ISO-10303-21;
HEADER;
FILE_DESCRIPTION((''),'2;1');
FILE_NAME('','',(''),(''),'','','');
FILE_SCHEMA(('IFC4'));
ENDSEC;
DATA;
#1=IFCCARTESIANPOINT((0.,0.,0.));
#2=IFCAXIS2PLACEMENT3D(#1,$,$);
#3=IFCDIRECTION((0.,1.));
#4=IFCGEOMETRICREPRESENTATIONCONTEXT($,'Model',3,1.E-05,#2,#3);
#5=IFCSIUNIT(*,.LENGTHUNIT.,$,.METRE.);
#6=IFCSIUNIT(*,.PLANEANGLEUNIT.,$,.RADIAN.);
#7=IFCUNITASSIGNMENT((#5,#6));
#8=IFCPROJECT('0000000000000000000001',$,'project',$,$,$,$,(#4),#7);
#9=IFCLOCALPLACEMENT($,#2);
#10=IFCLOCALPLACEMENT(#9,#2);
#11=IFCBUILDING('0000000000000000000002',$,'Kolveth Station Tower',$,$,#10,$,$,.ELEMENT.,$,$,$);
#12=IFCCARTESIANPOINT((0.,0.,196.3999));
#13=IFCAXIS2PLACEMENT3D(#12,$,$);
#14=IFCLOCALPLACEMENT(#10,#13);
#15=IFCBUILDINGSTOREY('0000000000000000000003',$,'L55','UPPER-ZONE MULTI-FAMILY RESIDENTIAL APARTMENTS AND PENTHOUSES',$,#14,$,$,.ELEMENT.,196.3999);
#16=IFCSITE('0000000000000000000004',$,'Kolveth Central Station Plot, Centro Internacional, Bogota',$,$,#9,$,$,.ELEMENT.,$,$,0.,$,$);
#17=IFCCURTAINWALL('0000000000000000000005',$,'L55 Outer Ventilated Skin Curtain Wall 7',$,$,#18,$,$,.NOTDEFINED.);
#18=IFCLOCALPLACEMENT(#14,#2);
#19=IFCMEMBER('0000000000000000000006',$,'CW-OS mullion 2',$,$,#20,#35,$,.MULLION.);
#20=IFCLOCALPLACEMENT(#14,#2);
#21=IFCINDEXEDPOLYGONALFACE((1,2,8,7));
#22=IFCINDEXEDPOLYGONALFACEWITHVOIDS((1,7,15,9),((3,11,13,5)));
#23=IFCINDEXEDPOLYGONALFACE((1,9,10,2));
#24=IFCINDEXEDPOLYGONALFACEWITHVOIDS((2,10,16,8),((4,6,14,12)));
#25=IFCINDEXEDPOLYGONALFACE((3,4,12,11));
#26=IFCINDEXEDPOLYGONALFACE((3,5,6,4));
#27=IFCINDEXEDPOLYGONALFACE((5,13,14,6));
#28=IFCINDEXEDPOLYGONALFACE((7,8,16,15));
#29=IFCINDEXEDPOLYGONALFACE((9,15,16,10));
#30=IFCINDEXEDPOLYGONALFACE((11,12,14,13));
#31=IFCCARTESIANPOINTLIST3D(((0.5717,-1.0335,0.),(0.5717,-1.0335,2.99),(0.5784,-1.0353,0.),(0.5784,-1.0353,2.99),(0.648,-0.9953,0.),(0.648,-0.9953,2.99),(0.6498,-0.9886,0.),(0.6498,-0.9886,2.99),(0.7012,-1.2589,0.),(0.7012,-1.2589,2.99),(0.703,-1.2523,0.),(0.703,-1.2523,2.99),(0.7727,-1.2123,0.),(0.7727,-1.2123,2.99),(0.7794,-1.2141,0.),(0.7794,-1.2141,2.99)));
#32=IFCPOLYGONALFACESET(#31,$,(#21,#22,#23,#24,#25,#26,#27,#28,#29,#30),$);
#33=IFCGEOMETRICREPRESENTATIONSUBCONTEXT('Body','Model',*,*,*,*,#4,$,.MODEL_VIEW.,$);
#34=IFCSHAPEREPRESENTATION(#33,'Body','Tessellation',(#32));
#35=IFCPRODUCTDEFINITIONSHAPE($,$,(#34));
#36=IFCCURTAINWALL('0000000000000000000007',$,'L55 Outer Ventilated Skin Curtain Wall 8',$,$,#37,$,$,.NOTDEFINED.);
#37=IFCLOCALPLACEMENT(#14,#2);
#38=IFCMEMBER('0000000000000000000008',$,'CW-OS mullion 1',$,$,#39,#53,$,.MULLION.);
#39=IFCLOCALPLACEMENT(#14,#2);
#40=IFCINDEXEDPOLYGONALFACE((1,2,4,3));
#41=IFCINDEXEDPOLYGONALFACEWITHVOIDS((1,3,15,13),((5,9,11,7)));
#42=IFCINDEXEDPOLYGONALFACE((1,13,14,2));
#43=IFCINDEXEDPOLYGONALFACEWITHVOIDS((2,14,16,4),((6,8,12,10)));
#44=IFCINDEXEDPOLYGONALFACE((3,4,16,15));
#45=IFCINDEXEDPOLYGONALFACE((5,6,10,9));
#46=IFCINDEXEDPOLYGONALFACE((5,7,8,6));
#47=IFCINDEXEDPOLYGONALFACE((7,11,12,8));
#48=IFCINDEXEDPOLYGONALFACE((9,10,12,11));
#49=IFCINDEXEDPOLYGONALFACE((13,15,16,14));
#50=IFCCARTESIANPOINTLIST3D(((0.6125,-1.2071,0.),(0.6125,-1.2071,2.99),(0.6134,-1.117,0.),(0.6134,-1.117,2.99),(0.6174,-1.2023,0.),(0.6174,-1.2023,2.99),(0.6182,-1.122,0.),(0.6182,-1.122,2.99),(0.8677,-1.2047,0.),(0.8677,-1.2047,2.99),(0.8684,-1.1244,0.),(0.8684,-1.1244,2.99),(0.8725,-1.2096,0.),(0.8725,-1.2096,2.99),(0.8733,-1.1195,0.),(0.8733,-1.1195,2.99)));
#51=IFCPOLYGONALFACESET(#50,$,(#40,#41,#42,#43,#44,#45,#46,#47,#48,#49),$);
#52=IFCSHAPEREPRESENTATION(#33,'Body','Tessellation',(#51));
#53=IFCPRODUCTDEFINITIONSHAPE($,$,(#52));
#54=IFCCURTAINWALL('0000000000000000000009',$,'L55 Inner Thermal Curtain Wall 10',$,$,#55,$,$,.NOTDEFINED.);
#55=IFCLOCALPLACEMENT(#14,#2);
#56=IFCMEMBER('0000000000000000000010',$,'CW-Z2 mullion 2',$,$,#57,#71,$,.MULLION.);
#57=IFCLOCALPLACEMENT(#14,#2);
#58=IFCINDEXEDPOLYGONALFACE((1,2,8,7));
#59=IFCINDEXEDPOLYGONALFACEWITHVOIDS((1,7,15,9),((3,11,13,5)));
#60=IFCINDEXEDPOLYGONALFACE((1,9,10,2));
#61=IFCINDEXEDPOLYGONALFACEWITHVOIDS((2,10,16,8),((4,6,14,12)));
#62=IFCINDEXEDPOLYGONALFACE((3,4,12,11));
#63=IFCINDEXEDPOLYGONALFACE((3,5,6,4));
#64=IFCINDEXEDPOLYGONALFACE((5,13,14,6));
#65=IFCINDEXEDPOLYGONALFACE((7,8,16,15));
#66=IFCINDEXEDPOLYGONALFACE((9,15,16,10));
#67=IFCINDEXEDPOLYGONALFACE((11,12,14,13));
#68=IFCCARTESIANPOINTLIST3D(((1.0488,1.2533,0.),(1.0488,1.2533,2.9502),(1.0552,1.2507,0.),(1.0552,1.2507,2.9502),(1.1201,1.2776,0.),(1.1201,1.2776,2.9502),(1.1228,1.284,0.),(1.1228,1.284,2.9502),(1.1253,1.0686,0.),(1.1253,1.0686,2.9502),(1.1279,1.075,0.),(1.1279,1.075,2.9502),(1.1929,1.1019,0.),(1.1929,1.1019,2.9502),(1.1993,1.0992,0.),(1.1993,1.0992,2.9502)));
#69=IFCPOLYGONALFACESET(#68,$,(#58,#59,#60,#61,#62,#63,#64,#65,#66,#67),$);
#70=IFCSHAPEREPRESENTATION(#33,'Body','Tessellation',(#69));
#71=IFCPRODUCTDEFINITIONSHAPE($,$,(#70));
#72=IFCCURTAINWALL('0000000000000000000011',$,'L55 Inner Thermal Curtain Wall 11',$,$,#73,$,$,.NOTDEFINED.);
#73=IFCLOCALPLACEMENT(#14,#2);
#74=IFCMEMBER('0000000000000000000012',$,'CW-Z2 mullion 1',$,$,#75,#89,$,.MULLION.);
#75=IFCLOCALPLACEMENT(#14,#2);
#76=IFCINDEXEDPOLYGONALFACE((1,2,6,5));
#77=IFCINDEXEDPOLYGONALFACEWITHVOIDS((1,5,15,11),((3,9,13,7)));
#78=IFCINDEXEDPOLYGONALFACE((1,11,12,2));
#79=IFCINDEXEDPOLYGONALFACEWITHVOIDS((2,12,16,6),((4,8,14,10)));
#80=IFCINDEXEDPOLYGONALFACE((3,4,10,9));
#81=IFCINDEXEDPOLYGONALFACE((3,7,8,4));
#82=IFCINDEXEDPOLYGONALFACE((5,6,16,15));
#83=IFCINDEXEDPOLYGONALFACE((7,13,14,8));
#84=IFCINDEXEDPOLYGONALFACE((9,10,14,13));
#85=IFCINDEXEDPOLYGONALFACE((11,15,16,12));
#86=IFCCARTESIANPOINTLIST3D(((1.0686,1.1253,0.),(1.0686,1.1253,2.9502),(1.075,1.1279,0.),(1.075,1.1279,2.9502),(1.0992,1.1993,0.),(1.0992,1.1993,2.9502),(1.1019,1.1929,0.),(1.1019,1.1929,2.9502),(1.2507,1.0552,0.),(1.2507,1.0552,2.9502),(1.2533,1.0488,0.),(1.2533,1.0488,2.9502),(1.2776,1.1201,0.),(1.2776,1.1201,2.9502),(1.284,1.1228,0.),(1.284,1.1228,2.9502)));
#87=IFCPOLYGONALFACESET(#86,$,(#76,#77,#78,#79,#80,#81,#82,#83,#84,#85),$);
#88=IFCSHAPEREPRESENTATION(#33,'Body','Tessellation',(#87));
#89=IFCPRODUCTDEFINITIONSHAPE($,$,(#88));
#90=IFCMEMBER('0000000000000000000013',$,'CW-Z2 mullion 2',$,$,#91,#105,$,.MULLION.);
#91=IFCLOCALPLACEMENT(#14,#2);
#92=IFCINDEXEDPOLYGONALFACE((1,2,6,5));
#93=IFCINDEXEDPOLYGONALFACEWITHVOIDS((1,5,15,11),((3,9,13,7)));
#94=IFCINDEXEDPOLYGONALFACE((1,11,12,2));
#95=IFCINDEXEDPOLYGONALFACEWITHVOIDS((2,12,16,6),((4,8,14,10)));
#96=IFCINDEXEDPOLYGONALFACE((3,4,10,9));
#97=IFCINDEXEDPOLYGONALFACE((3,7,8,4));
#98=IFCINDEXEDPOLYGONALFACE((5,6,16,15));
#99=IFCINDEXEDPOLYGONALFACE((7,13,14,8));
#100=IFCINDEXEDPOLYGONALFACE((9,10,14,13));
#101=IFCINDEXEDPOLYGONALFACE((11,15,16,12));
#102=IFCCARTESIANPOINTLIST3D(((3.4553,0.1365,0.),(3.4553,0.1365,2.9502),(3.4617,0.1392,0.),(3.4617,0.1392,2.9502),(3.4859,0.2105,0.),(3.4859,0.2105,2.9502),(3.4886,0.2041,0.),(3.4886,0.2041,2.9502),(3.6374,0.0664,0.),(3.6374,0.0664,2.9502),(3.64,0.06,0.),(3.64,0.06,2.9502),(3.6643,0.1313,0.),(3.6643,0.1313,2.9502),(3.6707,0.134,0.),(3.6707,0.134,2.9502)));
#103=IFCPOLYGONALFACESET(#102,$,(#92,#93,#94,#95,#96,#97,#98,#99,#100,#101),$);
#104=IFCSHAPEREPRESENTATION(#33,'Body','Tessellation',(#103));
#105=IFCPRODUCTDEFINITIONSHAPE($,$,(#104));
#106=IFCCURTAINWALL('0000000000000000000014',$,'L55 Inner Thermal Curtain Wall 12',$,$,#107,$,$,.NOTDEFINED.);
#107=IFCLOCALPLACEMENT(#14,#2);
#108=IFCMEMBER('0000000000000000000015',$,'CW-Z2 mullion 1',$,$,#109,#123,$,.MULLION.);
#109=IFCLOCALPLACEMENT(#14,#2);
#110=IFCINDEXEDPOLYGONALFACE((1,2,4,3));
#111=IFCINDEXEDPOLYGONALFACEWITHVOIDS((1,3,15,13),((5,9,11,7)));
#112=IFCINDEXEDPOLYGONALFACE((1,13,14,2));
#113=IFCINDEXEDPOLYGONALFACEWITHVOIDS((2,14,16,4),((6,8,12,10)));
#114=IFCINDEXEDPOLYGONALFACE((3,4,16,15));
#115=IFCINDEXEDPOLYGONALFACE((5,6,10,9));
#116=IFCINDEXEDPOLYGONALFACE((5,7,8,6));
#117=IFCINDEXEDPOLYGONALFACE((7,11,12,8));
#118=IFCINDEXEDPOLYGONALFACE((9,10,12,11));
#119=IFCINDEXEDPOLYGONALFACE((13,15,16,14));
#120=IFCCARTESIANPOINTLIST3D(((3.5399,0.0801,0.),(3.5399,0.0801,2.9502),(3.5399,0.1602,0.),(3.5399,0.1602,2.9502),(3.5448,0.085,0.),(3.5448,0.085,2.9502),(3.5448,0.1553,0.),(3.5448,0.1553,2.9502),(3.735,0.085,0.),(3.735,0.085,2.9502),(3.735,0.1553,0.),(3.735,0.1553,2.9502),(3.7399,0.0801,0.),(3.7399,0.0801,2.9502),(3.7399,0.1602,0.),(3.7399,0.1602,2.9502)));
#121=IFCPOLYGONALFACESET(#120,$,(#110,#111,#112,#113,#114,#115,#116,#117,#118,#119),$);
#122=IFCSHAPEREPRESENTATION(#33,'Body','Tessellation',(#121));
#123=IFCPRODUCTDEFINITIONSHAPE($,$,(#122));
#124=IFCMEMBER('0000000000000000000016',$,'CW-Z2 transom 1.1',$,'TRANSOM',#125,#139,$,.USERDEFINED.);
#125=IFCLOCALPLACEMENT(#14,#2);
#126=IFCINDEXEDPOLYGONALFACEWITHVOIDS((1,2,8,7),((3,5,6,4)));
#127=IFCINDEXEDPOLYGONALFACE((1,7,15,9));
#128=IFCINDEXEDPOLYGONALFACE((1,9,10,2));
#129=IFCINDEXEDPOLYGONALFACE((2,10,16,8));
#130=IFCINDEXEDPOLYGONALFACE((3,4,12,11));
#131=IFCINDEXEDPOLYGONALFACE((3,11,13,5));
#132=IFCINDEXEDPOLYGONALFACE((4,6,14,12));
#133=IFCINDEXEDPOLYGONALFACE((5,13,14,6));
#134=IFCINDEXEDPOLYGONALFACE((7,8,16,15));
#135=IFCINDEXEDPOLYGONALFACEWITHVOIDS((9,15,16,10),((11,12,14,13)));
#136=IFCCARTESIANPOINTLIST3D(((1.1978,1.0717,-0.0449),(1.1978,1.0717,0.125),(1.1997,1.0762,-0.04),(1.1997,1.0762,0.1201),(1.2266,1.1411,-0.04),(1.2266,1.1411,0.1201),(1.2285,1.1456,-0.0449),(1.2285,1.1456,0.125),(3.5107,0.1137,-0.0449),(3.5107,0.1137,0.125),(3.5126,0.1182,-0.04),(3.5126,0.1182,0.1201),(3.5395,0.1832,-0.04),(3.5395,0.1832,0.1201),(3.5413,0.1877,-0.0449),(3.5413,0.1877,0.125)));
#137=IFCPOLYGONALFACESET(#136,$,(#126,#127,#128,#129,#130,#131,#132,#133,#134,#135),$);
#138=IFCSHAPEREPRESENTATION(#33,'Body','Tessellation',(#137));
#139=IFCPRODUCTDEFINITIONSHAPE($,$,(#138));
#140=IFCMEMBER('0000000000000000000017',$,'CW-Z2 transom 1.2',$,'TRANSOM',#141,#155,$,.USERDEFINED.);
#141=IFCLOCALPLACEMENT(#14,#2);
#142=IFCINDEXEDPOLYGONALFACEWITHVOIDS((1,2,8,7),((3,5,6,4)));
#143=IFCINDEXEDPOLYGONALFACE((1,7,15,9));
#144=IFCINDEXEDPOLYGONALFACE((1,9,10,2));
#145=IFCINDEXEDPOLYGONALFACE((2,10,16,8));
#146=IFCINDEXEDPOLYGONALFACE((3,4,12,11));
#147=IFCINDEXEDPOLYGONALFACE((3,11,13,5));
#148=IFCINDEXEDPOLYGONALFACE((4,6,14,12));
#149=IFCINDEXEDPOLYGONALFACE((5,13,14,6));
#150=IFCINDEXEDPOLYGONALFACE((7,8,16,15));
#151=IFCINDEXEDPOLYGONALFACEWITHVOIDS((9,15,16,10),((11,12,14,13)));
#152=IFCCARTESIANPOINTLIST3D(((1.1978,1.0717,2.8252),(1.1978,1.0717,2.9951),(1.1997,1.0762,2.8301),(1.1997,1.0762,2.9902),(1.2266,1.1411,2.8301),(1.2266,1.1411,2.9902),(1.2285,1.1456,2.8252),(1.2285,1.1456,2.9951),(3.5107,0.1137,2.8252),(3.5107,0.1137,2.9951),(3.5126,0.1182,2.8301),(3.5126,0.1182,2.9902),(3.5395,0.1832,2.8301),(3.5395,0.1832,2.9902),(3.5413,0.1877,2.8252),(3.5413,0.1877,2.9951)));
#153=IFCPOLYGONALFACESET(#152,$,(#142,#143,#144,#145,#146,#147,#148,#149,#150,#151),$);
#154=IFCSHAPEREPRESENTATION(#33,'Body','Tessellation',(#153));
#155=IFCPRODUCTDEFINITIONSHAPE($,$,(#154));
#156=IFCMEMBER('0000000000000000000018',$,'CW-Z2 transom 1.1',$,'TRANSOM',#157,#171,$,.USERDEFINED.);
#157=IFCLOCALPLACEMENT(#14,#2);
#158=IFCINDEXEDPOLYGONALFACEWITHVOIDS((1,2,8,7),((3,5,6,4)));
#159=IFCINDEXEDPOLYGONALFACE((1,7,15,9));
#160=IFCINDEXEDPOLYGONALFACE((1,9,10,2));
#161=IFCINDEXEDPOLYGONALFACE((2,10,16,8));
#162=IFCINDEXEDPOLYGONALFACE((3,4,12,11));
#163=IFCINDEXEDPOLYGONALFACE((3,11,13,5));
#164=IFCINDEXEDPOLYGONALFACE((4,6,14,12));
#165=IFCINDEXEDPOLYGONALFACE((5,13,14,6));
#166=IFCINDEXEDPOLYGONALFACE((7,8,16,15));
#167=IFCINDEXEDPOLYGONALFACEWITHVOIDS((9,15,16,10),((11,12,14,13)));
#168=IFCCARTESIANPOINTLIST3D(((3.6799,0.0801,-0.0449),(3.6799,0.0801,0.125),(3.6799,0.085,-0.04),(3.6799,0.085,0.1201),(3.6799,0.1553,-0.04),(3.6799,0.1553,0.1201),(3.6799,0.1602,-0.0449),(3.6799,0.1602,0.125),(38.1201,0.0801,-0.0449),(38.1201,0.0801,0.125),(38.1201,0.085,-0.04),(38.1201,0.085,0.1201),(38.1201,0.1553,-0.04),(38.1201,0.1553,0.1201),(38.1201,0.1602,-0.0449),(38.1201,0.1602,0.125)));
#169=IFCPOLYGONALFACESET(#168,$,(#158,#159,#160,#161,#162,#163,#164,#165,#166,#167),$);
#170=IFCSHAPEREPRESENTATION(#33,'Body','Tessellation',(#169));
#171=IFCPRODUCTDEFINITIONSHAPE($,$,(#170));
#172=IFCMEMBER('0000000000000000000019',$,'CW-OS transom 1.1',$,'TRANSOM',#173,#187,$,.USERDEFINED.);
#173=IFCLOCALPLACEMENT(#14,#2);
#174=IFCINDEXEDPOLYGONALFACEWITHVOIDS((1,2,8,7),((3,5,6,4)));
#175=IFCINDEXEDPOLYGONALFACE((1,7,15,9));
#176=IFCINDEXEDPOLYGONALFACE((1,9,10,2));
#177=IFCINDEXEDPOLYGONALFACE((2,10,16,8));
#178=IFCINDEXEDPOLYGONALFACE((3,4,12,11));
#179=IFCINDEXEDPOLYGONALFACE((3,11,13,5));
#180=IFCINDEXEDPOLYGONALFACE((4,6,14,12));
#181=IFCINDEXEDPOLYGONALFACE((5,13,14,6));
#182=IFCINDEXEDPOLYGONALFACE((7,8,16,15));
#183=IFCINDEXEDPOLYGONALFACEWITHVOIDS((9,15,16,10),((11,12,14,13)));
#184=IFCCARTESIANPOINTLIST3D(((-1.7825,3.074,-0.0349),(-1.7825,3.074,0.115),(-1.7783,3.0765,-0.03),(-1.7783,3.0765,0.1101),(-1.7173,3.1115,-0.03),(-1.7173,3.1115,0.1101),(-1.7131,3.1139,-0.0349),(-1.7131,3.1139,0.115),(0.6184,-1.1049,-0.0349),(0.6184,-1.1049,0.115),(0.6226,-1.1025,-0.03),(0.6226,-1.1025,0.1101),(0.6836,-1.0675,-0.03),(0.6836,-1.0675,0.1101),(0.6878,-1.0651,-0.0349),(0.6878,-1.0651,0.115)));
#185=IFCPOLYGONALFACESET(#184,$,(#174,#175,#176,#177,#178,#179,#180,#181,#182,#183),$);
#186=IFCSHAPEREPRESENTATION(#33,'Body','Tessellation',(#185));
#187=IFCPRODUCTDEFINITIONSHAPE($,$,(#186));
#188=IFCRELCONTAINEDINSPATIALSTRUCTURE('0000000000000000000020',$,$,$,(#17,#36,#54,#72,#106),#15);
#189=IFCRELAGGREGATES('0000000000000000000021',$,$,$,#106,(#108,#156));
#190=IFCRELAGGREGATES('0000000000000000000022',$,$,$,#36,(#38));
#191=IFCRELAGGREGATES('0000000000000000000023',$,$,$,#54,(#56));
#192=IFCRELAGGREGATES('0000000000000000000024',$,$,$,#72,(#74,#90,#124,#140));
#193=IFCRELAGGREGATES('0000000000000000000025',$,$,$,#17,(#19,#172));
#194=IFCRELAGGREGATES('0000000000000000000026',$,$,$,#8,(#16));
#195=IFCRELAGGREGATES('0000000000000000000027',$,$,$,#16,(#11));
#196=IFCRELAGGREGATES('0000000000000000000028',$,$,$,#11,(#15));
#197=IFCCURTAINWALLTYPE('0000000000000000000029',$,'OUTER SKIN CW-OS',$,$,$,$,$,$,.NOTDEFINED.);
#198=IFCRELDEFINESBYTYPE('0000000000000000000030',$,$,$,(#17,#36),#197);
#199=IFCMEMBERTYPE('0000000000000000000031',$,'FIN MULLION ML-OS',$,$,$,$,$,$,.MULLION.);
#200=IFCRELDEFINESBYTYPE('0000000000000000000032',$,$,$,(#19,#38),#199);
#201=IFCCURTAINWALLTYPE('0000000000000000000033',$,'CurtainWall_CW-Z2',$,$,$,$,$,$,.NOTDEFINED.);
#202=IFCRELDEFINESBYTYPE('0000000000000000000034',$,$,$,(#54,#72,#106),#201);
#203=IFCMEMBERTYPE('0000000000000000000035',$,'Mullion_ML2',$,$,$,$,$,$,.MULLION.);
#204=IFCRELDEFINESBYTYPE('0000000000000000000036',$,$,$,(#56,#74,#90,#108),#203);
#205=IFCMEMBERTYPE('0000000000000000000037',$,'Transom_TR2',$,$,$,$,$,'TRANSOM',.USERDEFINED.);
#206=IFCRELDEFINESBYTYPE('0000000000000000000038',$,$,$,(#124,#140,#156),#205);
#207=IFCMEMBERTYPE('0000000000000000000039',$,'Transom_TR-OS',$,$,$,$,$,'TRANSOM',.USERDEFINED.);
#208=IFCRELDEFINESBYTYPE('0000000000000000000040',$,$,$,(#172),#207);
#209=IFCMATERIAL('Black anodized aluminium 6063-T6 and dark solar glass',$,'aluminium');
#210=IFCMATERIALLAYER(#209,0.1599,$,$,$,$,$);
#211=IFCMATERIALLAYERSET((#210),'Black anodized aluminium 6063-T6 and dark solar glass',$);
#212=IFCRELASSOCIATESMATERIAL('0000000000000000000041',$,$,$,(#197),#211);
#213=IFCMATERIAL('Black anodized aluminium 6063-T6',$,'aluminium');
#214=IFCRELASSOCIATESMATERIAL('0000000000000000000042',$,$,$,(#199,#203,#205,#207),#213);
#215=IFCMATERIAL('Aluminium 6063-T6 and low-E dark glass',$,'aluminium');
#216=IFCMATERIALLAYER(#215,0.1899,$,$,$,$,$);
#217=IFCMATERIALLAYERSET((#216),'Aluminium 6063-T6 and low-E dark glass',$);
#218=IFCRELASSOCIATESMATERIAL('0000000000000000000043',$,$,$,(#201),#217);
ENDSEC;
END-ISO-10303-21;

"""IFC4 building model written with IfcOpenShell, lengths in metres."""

from ifc_helpers import new_model, si_unit, direction, frame, origin, origin_2d, place, context, subcontext, project, spatial, hollow_rectangle, extrude, source, transform, mapped, material, layer, layer_set, material_profile, profile_set, type_object, element, aggregate, save


model = new_model("IFC4")

# Units and contexts
model_context = context("Model", 3, precision=1e-05, world=origin(), true_north=direction((0.0, 1.0)))
body_context = subcontext(model_context, "Body", "Model", "MODEL_VIEW")
ifc_project = project(units=[si_unit("LENGTHUNIT", "METRE"), si_unit("PLANEANGLEUNIT", "RADIAN")], contexts=[model_context])

# Site, building, storey
site_placement = place(None, origin())
site = spatial("IfcSite", under=ifc_project, at=site_placement, Name="Kolveth Central Station Plot, Centro Internacional, Bogota", CompositionType="ELEMENT", RefElevation=0.0)
building_placement = place(site_placement, origin())
building = spatial("IfcBuilding", under=site, at=building_placement, Name="Kolveth Station Tower", CompositionType="ELEMENT")
storey_placement = place(building_placement, frame((0.0, 0.0, 196.3999)))
storey = spatial("IfcBuildingStorey", under=building, at=storey_placement, Name="L55", Description="UPPER-ZONE MULTI-FAMILY RESIDENTIAL APARTMENTS AND PENTHOUSES", CompositionType="ELEMENT", Elevation=196.3999)

# Curtain walls, members
ifc_material_1 = material(Name="Black anodized aluminium 6063-T6 and dark solar glass", Category="aluminium")
ifc_layer_1 = layer(ifc_material_1, 0.1599)
ifc_layer_set_1 = layer_set([ifc_layer_1], Name="Black anodized aluminium 6063-T6 and dark solar glass")
curtain_wall_type_1 = type_object("IfcCurtainWallType", Name="OUTER SKIN CW-OS", PredefinedType="NOTDEFINED", material=ifc_layer_set_1)
curtain_wall_1_placement = place(storey_placement, origin())
curtain_wall_1 = element("IfcCurtainWall", 1, at=curtain_wall_1_placement, inside=storey, type_object=curtain_wall_type_1, Name="L55 Outer Ventilated Skin Curtain Wall 7", PredefinedType="NOTDEFINED")
ifc_material_2 = material(Name="Black anodized aluminium 6063-T6", Category="aluminium")
ifc_material_profile_1 = material_profile(ifc_material_2, hollow_rectangle(XDim=0.0901, YDim=0.26, WallThickness=0.0049, at=origin_2d()), Name="ALU-90x260x5")
ifc_profile_set_1 = profile_set([ifc_material_profile_1], Name="Black anodized aluminium 6063-T6")
member_type_1 = type_object("IfcMemberType", Name="FIN MULLION ML-OS", PredefinedType="MULLION", material=ifc_profile_set_1)
shared_shape_1 = source(origin(), body_context, "Body", "SweptSolid", [
    extrude(hollow_rectangle(XDim=0.0901, YDim=0.26, WallThickness=0.0049, at=origin_2d()), origin(), (0.0, 0.0, 1.0), 2.99),
])
member_1_placement = place(storey_placement, frame((0.6755, -1.1238, 0.0), z_axis=(0.0, 0.0, 1.0), x_axis=(0.867085, 0.49816, 0.0)))
member_1 = element("IfcMember", 2, at=member_1_placement, type_object=member_type_1, Name="CW-OS mullion 2", PredefinedType="MULLION", context=body_context, shape_type="MappedRepresentation", body=[
    mapped(shared_shape_1, transform((0.0, 0.0, 0.0), x_axis=(1.0, 0.0, 0.0), y_axis=(0.0, 1.0, 0.0), z_axis=(0.0, 0.0, 1.0), scale=1.0)),
])
curtain_wall_2_placement = place(storey_placement, origin())
curtain_wall_2 = element("IfcCurtainWall", 3, at=curtain_wall_2_placement, inside=storey, type_object=curtain_wall_type_1, Name="L55 Outer Ventilated Skin Curtain Wall 8", PredefinedType="NOTDEFINED")
member_2_placement = place(storey_placement, frame((0.7429, -1.1633, 0.0), z_axis=(0.0, 0.0, 1.0), x_axis=(0.009569, 0.999954, 0.0)))
member_2 = element("IfcMember", 4, at=member_2_placement, type_object=member_type_1, Name="CW-OS mullion 1", PredefinedType="MULLION", context=body_context, shape_type="MappedRepresentation", body=[
    mapped(shared_shape_1, transform((0.0, 0.0, 0.0), x_axis=(1.0, 0.0, 0.0), y_axis=(0.0, 1.0, 0.0), z_axis=(0.0, 0.0, 1.0), scale=1.0)),
])
ifc_material_3 = material(Name="Aluminium 6063-T6 and low-E dark glass", Category="aluminium")
ifc_layer_2 = layer(ifc_material_3, 0.1899)
ifc_layer_set_2 = layer_set([ifc_layer_2], Name="Aluminium 6063-T6 and low-E dark glass")
curtain_wall_type_2 = type_object("IfcCurtainWallType", Name="CurtainWall_CW-Z2", PredefinedType="NOTDEFINED", material=ifc_layer_set_2)
curtain_wall_3_placement = place(storey_placement, origin())
curtain_wall_3 = element("IfcCurtainWall", 5, at=curtain_wall_3_placement, inside=storey, type_object=curtain_wall_type_2, Name="L55 Inner Thermal Curtain Wall 10", PredefinedType="NOTDEFINED")
ifc_material_profile_2 = material_profile(ifc_material_2, hollow_rectangle(XDim=0.0801, YDim=0.2, WallThickness=0.0049, at=origin_2d()), Name="ALU-80x200x5")
ifc_profile_set_2 = profile_set([ifc_material_profile_2], Name="Black anodized aluminium 6063-T6")
member_type_2 = type_object("IfcMemberType", Name="Mullion_ML2", PredefinedType="MULLION", material=ifc_profile_set_2)
shared_shape_2 = source(origin(), body_context, "Body", "SweptSolid", [
    extrude(hollow_rectangle(XDim=0.0801, YDim=0.2, WallThickness=0.0049, at=origin_2d()), origin(), (0.0, 0.0, 1.0), 2.9502),
])
member_3_placement = place(storey_placement, frame((1.124, 1.1763, 0.0), z_axis=(0.0, 0.0, 1.0), x_axis=(0.923874, 0.382698, 0.0)))
member_3 = element("IfcMember", 6, at=member_3_placement, type_object=member_type_2, Name="CW-Z2 mullion 2", PredefinedType="MULLION", context=body_context, shape_type="MappedRepresentation", body=[
    mapped(shared_shape_2, transform((0.0, 0.0, 0.0), x_axis=(1.0, 0.0, 0.0), y_axis=(0.0, 1.0, 0.0), z_axis=(0.0, 0.0, 1.0), scale=1.0)),
])

# Curtain wall, members
curtain_wall_4_placement = place(storey_placement, origin())
curtain_wall_4 = element("IfcCurtainWall", 7, at=curtain_wall_4_placement, inside=storey, type_object=curtain_wall_type_2, Name="L55 Inner Thermal Curtain Wall 11", PredefinedType="NOTDEFINED")
member_4_placement = place(storey_placement, frame((1.1763, 1.124, 0.0), z_axis=(0.0, 0.0, 1.0), x_axis=(0.382698, 0.923874, 0.0)))
member_4 = element("IfcMember", 8, at=member_4_placement, type_object=member_type_2, Name="CW-Z2 mullion 1", PredefinedType="MULLION", context=body_context, shape_type="MappedRepresentation", body=[
    mapped(shared_shape_2, transform((0.0, 0.0, 0.0), x_axis=(1.0, 0.0, 0.0), y_axis=(0.0, 1.0, 0.0), z_axis=(0.0, 0.0, 1.0), scale=1.0)),
])
member_5_placement = place(storey_placement, frame((3.563, 0.1353, 0.0), z_axis=(0.0, 0.0, 1.0), x_axis=(0.382698, 0.923874, 0.0)))
member_5 = element("IfcMember", 9, at=member_5_placement, type_object=member_type_2, Name="CW-Z2 mullion 2", PredefinedType="MULLION", context=body_context, shape_type="MappedRepresentation", body=[
    mapped(shared_shape_2, transform((0.0, 0.0, 0.0), x_axis=(1.0, 0.0, 0.0), y_axis=(0.0, 1.0, 0.0), z_axis=(0.0, 0.0, 1.0), scale=1.0)),
])

# Curtain wall, member
curtain_wall_5_placement = place(storey_placement, origin())
curtain_wall_5 = element("IfcCurtainWall", 10, at=curtain_wall_5_placement, inside=storey, type_object=curtain_wall_type_2, Name="L55 Inner Thermal Curtain Wall 12", PredefinedType="NOTDEFINED")
member_6_placement = place(storey_placement, frame((3.6399, 0.1201, 0.0), z_axis=(0.0, 0.0, 1.0), x_axis=(0.0, 1.0, 0.0)))
member_6 = element("IfcMember", 11, at=member_6_placement, type_object=member_type_2, Name="CW-Z2 mullion 1", PredefinedType="MULLION", context=body_context, shape_type="MappedRepresentation", body=[
    mapped(shared_shape_2, transform((0.0, 0.0, 0.0), x_axis=(1.0, 0.0, 0.0), y_axis=(0.0, 1.0, 0.0), z_axis=(0.0, 0.0, 1.0), scale=1.0)),
])

# Members
ifc_material_profile_3 = material_profile(ifc_material_2, hollow_rectangle(XDim=0.0801, YDim=0.1699, WallThickness=0.0049, at=origin_2d()), Name="ALU-80x170x5")
ifc_profile_set_3 = profile_set([ifc_material_profile_3], Name="Black anodized aluminium 6063-T6")
member_type_3 = type_object("IfcMemberType", Name="Transom_TR2", ElementType="TRANSOM", PredefinedType="USERDEFINED", material=ifc_profile_set_3)
shared_shape_3 = source(origin(), body_context, "Body", "SweptSolid", [
    extrude(hollow_rectangle(XDim=0.0801, YDim=0.1699, WallThickness=0.0049, at=origin_2d()), origin(), (0.0, 0.0, 1.0), 2.5034),
])
member_7_placement = place(storey_placement, frame((1.2131, 1.1086, 0.04), z_axis=(0.923888, -0.382662, 0.0), x_axis=(0.382662, 0.923888, 0.0)))
member_7 = element("IfcMember", 12, at=member_7_placement, type_object=member_type_3, Name="CW-Z2 transom 1.1", ObjectType="TRANSOM", PredefinedType="USERDEFINED", context=body_context, shape_type="MappedRepresentation", body=[
    mapped(shared_shape_3, transform((0.0, 0.0, 0.0), x_axis=(1.0, 0.0, 0.0), y_axis=(0.0, 1.0, 0.0), z_axis=(0.0, 0.0, 1.0), scale=1.0)),
])
member_8_placement = place(storey_placement, frame((1.2131, 1.1086, 2.9102), z_axis=(0.923888, -0.382662, 0.0), x_axis=(0.382662, 0.923888, 0.0)))
member_8 = element("IfcMember", 13, at=member_8_placement, type_object=member_type_3, Name="CW-Z2 transom 1.2", ObjectType="TRANSOM", PredefinedType="USERDEFINED", context=body_context, shape_type="MappedRepresentation", body=[
    mapped(shared_shape_3, transform((0.0, 0.0, 0.0), x_axis=(1.0, 0.0, 0.0), y_axis=(0.0, 1.0, 0.0), z_axis=(0.0, 0.0, 1.0), scale=1.0)),
])
shared_shape_4 = source(origin(), body_context, "Body", "SweptSolid", [
    extrude(hollow_rectangle(XDim=0.0801, YDim=0.1699, WallThickness=0.0049, at=origin_2d()), origin(), (0.0, 0.0, 1.0), 34.4402),
])
member_9_placement = place(storey_placement, frame((3.6799, 0.1201, 0.04), z_axis=(1.0, 0.0, 0.0), x_axis=(0.0, 1.0, 0.0)))
member_9 = element("IfcMember", 14, at=member_9_placement, type_object=member_type_3, Name="CW-Z2 transom 1.1", ObjectType="TRANSOM", PredefinedType="USERDEFINED", context=body_context, shape_type="MappedRepresentation", body=[
    mapped(shared_shape_4, transform((0.0, 0.0, 0.0), x_axis=(1.0, 0.0, 0.0), y_axis=(0.0, 1.0, 0.0), z_axis=(0.0, 0.0, 1.0), scale=1.0)),
])
aggregate(curtain_wall_5, [member_6, member_9])
ifc_material_profile_4 = material_profile(ifc_material_2, hollow_rectangle(XDim=0.0801, YDim=0.1499, WallThickness=0.0049, at=origin_2d()), Name="ALU-80x150x5")
ifc_profile_set_4 = profile_set([ifc_material_profile_4], Name="Black anodized aluminium 6063-T6")
member_type_4 = type_object("IfcMemberType", Name="Transom_TR-OS", ElementType="TRANSOM", PredefinedType="USERDEFINED", material=ifc_profile_set_4)
shared_shape_5 = source(origin(), body_context, "Body", "SweptSolid", [
    extrude(hollow_rectangle(XDim=0.0801, YDim=0.1499, WallThickness=0.0049, at=origin_2d()), origin(), (0.0, 0.0, 1.0), 4.8196),
])
member_10_placement = place(storey_placement, frame((-1.7478, 3.094, 0.04), z_axis=(0.498156, -0.867087, 0.0), x_axis=(0.867087, 0.498156, 0.0)))
member_10 = element("IfcMember", 15, at=member_10_placement, type_object=member_type_4, Name="CW-OS transom 1.1", ObjectType="TRANSOM", PredefinedType="USERDEFINED", context=body_context, shape_type="MappedRepresentation", body=[
    mapped(shared_shape_5, transform((0.0, 0.0, 0.0), x_axis=(1.0, 0.0, 0.0), y_axis=(0.0, 1.0, 0.0), z_axis=(0.0, 0.0, 1.0), scale=1.0)),
])
aggregate(curtain_wall_2, [member_2])

aggregate(curtain_wall_3, [member_3])
aggregate(curtain_wall_4, [member_4, member_5, member_7, member_8])
aggregate(curtain_wall_1, [member_1, member_10])

save(model, "model.ifc")
